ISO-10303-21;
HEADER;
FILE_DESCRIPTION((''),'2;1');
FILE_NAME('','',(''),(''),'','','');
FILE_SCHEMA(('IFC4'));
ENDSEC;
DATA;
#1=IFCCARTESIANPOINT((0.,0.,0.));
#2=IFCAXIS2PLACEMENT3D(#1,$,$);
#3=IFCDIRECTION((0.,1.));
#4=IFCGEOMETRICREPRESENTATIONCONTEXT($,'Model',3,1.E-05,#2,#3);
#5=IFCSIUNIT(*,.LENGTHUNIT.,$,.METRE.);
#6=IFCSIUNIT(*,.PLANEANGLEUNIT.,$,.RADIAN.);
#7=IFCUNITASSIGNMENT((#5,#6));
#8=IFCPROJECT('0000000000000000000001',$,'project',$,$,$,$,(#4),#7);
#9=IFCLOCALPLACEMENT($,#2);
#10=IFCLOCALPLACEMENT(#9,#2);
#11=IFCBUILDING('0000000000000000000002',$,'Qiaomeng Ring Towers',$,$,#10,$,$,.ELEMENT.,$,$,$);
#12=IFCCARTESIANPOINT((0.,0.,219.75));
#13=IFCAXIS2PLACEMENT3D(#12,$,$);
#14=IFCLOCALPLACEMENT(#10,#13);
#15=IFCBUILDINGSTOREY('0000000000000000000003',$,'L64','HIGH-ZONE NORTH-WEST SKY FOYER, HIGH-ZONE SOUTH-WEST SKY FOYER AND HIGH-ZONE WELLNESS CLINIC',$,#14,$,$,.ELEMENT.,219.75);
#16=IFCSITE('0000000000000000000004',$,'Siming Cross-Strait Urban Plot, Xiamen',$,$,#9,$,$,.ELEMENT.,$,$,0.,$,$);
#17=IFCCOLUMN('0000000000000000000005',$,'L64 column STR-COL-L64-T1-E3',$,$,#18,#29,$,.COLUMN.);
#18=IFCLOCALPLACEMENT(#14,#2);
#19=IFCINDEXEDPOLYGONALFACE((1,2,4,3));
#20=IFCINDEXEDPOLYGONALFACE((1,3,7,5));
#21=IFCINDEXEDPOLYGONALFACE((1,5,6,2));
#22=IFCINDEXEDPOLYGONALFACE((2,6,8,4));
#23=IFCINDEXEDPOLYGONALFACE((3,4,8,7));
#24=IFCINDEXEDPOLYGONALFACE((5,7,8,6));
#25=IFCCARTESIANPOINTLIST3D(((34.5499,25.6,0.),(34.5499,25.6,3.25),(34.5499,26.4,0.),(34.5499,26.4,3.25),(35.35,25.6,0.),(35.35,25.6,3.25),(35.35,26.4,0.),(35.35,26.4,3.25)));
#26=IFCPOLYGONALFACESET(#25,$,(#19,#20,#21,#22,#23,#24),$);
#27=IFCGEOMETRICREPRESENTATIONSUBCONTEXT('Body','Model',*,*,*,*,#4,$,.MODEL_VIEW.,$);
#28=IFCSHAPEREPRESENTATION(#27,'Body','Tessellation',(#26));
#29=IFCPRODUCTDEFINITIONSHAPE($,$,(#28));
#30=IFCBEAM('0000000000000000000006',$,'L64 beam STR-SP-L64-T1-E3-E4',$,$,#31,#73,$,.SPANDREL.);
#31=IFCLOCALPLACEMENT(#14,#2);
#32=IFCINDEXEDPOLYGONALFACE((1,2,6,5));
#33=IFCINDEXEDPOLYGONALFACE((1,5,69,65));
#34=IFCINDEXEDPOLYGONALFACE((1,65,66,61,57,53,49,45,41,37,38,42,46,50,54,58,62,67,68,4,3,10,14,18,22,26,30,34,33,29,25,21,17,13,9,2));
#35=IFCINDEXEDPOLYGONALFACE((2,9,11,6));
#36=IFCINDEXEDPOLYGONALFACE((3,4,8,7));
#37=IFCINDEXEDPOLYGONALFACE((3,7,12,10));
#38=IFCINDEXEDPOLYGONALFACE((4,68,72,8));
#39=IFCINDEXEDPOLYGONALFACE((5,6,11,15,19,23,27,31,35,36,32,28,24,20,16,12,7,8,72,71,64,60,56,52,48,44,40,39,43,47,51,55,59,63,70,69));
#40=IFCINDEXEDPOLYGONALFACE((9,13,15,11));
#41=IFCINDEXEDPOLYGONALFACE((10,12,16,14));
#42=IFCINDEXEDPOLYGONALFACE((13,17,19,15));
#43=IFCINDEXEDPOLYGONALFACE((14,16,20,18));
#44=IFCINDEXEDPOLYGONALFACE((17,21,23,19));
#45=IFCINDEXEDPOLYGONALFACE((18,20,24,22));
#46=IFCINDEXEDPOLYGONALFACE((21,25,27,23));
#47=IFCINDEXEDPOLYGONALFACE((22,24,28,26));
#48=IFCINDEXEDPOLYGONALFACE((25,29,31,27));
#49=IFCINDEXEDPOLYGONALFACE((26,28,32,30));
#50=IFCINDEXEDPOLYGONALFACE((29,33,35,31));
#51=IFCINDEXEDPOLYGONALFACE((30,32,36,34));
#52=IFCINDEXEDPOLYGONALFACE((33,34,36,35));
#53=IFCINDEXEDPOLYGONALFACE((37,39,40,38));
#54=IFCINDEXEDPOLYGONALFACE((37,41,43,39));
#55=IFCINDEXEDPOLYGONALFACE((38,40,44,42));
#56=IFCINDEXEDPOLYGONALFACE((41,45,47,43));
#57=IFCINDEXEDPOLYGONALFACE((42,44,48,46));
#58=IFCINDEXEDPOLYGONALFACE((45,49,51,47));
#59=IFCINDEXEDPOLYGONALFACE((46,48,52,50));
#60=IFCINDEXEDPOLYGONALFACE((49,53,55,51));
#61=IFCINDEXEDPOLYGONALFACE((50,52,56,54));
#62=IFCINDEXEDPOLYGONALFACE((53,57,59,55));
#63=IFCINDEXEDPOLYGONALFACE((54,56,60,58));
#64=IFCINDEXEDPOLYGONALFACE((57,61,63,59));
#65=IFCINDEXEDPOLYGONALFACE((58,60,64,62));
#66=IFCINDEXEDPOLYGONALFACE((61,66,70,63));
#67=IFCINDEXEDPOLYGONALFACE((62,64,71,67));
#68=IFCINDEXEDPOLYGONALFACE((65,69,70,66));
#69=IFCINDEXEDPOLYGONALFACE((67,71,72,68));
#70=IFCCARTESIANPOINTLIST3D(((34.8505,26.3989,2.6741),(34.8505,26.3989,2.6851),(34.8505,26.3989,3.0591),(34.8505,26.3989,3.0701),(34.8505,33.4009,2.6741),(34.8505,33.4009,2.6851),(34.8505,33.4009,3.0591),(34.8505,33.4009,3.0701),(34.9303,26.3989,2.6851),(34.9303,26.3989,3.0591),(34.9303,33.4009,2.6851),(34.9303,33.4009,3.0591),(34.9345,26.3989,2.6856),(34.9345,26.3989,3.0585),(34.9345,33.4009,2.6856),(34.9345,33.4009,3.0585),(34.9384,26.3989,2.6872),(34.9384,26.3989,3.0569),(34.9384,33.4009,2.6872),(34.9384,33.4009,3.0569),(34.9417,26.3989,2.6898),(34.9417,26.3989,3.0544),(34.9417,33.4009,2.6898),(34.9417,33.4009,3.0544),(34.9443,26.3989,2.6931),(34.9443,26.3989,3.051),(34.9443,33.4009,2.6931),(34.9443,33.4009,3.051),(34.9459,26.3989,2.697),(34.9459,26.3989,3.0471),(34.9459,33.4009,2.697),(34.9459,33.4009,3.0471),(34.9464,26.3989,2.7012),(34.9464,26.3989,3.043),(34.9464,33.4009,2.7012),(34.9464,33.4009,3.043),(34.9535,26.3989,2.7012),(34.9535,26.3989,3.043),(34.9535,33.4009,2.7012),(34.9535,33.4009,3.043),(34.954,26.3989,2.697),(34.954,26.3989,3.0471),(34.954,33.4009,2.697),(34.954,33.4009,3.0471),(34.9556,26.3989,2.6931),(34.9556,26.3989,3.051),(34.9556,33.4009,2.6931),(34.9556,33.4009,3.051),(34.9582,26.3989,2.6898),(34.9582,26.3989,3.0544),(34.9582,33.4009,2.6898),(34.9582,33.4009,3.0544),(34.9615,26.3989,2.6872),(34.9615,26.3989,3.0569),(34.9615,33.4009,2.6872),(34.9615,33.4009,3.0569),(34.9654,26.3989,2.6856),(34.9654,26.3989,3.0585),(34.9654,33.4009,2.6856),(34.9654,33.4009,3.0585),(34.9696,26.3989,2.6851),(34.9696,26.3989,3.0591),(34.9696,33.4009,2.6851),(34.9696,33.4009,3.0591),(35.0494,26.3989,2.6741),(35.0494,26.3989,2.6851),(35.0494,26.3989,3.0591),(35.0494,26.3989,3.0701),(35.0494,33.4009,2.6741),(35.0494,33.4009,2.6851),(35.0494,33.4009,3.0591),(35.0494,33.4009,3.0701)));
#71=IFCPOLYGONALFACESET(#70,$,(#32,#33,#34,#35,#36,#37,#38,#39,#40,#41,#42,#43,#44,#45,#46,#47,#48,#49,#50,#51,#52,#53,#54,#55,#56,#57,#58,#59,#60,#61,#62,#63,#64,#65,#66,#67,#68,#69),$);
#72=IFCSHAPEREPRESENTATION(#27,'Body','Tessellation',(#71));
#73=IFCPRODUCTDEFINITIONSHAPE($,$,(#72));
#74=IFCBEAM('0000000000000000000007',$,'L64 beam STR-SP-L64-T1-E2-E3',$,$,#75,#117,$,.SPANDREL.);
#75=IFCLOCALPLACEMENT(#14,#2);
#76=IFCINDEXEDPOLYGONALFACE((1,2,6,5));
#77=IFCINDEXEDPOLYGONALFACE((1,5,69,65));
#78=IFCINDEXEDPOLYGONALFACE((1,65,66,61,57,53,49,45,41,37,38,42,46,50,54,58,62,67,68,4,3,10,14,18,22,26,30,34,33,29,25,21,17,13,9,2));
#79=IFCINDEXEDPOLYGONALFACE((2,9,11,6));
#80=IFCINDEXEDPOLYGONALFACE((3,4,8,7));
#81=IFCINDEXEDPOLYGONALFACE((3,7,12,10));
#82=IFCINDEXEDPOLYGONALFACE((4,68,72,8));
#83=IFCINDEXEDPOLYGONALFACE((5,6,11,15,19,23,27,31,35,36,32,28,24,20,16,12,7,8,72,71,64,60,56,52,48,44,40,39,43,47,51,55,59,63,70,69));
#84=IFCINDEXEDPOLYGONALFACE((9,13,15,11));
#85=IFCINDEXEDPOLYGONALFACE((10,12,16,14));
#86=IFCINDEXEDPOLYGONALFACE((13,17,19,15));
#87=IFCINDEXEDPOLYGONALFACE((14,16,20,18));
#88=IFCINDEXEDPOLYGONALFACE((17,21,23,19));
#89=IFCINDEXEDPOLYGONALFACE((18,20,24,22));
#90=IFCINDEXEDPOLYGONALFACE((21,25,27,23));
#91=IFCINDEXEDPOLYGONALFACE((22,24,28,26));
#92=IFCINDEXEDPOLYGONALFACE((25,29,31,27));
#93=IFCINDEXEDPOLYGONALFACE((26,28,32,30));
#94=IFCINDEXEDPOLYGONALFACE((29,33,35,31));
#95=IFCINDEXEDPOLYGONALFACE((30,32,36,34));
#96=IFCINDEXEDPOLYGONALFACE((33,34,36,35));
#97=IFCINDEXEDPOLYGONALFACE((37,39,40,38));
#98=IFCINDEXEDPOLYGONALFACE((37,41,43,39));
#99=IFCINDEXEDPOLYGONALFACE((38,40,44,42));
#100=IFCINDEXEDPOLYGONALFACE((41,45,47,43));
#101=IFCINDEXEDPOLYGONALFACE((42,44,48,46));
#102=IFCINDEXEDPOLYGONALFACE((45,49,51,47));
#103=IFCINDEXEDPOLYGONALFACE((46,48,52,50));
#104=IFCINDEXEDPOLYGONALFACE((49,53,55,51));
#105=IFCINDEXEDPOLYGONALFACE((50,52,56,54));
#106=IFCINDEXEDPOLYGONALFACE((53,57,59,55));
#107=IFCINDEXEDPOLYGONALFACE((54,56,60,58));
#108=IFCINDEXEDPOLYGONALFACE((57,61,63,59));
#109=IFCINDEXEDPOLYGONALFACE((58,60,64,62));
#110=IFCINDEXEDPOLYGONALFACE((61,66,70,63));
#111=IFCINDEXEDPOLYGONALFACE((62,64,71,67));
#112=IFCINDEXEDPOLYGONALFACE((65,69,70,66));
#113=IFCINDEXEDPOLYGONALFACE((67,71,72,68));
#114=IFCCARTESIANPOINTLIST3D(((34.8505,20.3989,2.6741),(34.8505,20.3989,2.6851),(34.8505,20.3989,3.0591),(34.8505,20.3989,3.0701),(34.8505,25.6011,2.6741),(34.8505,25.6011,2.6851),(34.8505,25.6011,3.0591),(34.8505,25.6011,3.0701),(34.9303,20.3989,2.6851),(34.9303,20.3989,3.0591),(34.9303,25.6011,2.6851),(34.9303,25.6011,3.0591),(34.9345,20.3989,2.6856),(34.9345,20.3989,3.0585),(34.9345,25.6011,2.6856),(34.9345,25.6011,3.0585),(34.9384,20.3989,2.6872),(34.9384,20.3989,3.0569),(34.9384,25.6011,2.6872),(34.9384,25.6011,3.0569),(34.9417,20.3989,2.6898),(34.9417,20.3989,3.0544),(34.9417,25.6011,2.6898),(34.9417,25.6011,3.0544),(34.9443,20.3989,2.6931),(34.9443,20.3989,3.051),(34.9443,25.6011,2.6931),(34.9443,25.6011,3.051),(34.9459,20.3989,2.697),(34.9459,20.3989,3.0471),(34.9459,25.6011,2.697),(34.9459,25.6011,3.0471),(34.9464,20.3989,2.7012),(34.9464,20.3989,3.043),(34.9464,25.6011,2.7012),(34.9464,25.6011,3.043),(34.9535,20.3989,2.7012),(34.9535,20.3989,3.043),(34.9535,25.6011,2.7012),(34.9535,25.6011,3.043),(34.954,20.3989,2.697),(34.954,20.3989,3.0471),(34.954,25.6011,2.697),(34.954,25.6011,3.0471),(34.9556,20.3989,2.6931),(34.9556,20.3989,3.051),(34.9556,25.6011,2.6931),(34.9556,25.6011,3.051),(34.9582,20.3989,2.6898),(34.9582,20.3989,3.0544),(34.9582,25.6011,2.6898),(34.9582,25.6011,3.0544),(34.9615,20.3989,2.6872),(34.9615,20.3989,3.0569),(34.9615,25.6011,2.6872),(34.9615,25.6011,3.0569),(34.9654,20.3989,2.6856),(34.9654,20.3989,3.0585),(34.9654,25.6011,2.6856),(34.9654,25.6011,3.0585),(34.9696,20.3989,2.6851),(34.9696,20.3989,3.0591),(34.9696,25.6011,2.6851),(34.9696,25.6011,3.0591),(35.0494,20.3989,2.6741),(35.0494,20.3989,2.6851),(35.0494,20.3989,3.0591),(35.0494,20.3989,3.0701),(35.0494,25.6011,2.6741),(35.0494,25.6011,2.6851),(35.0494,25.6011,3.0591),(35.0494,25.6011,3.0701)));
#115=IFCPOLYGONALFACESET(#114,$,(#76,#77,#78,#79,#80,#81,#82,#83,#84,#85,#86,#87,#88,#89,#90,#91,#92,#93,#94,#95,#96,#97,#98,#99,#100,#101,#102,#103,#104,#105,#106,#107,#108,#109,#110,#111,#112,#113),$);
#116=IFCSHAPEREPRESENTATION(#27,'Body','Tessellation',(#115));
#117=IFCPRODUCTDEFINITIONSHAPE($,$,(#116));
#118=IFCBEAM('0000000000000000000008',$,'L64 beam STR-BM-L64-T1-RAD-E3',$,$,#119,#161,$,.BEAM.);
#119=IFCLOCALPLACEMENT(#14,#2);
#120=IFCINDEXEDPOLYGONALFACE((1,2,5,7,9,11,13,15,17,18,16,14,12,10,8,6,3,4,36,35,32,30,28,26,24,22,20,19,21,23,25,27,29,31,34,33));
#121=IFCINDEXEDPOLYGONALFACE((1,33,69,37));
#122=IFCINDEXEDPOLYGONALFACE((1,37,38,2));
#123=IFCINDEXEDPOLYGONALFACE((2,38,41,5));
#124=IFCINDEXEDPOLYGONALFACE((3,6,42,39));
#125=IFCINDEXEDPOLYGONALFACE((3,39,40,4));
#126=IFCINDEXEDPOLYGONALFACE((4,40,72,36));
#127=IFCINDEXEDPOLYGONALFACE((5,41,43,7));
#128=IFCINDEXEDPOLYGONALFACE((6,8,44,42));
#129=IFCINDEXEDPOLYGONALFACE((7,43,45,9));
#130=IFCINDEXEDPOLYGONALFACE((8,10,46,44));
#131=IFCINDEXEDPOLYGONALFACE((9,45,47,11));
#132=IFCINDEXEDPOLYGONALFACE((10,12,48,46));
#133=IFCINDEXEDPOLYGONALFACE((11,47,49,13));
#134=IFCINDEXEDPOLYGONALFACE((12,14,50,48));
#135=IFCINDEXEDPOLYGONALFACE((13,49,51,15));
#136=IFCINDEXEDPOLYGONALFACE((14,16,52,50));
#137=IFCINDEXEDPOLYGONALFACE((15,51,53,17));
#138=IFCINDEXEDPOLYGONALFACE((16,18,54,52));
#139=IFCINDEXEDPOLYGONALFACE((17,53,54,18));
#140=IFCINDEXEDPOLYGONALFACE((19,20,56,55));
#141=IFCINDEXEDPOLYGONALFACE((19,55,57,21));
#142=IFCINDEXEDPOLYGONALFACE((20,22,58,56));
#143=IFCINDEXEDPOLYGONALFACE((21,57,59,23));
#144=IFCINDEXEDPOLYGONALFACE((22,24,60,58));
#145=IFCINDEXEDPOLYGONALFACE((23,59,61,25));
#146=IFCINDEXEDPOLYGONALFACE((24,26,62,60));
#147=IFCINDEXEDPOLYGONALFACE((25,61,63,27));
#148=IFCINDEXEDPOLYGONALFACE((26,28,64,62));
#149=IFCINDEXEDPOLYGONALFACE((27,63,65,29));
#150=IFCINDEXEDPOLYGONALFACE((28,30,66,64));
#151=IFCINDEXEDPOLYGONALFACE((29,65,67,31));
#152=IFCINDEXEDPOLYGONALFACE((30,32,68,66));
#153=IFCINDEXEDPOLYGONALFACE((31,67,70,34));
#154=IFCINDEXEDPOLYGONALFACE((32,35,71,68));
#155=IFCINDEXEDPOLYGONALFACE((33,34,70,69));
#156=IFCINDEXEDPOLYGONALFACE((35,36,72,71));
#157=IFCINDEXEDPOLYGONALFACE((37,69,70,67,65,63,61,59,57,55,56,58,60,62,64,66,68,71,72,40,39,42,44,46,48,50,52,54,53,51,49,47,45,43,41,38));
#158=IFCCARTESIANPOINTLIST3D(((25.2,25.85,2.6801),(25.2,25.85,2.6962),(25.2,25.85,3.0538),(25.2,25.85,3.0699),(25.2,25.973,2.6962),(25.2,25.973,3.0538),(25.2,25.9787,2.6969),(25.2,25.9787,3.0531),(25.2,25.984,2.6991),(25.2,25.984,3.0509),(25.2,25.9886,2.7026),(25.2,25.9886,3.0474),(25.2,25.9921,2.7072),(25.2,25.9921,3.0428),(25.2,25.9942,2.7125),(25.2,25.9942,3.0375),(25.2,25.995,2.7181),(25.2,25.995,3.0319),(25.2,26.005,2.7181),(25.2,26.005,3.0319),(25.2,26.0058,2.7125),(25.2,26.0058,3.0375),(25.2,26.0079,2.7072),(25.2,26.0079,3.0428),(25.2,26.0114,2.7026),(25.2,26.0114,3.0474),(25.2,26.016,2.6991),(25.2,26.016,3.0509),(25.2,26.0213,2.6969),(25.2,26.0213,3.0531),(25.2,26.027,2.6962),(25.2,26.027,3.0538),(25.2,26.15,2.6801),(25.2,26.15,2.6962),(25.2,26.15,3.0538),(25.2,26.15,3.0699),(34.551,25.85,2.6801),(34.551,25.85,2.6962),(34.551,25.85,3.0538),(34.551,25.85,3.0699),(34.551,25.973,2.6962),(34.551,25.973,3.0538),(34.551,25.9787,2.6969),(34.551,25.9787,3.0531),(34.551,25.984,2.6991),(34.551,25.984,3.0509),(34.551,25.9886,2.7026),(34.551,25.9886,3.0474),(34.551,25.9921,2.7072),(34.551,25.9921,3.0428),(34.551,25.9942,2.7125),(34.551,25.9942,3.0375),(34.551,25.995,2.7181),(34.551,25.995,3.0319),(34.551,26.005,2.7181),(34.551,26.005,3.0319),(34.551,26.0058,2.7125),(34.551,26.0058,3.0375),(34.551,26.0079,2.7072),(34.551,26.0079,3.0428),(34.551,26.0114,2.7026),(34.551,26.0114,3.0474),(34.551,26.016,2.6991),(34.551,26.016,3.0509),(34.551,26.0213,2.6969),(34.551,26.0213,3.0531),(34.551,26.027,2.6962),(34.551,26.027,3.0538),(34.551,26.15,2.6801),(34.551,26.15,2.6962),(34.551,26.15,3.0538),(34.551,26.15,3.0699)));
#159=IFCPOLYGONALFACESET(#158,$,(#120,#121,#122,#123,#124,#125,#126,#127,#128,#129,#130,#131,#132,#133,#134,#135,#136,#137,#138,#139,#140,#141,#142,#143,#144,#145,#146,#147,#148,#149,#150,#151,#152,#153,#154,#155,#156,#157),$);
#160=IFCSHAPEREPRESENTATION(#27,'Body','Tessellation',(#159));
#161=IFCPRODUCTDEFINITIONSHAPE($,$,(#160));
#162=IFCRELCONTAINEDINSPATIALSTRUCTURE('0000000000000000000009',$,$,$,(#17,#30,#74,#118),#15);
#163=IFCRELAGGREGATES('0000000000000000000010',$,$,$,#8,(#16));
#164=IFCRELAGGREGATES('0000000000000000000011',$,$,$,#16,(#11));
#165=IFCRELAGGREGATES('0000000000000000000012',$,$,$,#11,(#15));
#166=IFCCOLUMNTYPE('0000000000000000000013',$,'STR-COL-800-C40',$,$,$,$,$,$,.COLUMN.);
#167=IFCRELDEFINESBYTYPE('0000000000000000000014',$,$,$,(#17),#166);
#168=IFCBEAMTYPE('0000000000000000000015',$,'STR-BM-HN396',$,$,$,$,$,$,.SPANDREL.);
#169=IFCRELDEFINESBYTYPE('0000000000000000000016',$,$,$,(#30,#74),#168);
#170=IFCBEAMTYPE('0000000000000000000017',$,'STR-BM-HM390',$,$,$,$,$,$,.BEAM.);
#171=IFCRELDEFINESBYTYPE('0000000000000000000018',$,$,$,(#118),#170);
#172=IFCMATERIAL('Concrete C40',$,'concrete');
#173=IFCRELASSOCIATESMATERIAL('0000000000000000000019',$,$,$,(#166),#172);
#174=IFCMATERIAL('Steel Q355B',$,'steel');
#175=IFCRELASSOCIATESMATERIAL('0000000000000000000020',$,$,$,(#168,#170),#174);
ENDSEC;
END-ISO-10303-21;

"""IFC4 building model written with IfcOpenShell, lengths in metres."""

from ifc_helpers import new_model, si_unit, direction, frame, origin, origin_2d, place, context, subcontext, project, spatial, rectangle, i_section, extrude, source, transform, mapped, material, material_profile, profile_set, type_object, element, save


model = new_model("IFC4")

# Units and contexts
model_context = context("Model", 3, precision=1e-05, world=origin(), true_north=direction((0.0, 1.0)))
body_context = subcontext(model_context, "Body", "Model", "MODEL_VIEW")
ifc_project = project(units=[si_unit("LENGTHUNIT", "METRE"), si_unit("PLANEANGLEUNIT", "RADIAN")], contexts=[model_context])

# Site, building, storey
site_placement = place(None, origin())
site = spatial("IfcSite", under=ifc_project, at=site_placement, Name="Siming Cross-Strait Urban Plot, Xiamen", CompositionType="ELEMENT", RefElevation=0.0)
building_placement = place(site_placement, origin())
building = spatial("IfcBuilding", under=site, at=building_placement, Name="Qiaomeng Ring Towers", CompositionType="ELEMENT")
storey_placement = place(building_placement, frame((0.0, 0.0, 219.75)))
storey = spatial("IfcBuildingStorey", under=building, at=storey_placement, Name="L64", Description="HIGH-ZONE NORTH-WEST SKY FOYER, HIGH-ZONE SOUTH-WEST SKY FOYER AND HIGH-ZONE WELLNESS CLINIC", CompositionType="ELEMENT", Elevation=219.75)

# Column
ifc_material_1 = material(Name="Concrete C40", Category="concrete")
ifc_material_profile_1 = material_profile(ifc_material_1, rectangle(XDim=0.8, YDim=0.8, at=origin_2d()), Name="RC COL 800x800")
ifc_profile_set_1 = profile_set([ifc_material_profile_1], Name="Concrete C40")
column_type = type_object("IfcColumnType", Name="STR-COL-800-C40", PredefinedType="COLUMN", material=ifc_profile_set_1)
shared_shape_1 = source(origin(), body_context, "Body", "SweptSolid", [
    extrude(rectangle(XDim=0.8, YDim=0.8, at=origin_2d()), origin(), (0.0, 0.0, 1.0), 3.25),
])
column_placement = place(storey_placement, frame((34.95, 26.0, 0.0), z_axis=(0.0, 0.0, 1.0), x_axis=(1.0, 0.0, 0.0)))
element("IfcColumn", 1, at=column_placement, inside=storey, type_object=column_type, Name="L64 column STR-COL-L64-T1-E3", PredefinedType="COLUMN", context=body_context, shape_type="MappedRepresentation", body=[
    mapped(shared_shape_1, transform((0.0, 0.0, 0.0), x_axis=(1.0, 0.0, 0.0), y_axis=(0.0, 1.0, 0.0), z_axis=(0.0, 0.0, 1.0), scale=1.0)),
])

# Beams
ifc_material_2 = material(Name="Steel Q355B", Category="steel")
ifc_material_profile_2 = material_profile(ifc_material_2, i_section(OverallWidth=0.199, OverallDepth=0.396, WebThickness=0.0071, FlangeThickness=0.011, FilletRadius=0.0161, at=origin_2d()), Name="HN 396x199x7x11")
ifc_profile_set_2 = profile_set([ifc_material_profile_2], Name="Steel Q355B")
beam_type_1 = type_object("IfcBeamType", Name="STR-BM-HN396", PredefinedType="SPANDREL", material=ifc_profile_set_2)
shared_shape_2 = source(origin(), body_context, "Body", "SweptSolid", [
    extrude(i_section(OverallWidth=0.199, OverallDepth=0.396, WebThickness=0.0071, FlangeThickness=0.011, FilletRadius=0.0161, at=origin_2d()), origin(), (0.0, 0.0, 1.0), 7.002),
])
beam_1_placement = place(storey_placement, frame((34.95, 26.3989, 2.8721), z_axis=(0.0, 1.0, 0.0), x_axis=(-1.0, 0.0, 0.0)))
element("IfcBeam", 2, at=beam_1_placement, inside=storey, type_object=beam_type_1, Name="L64 beam STR-SP-L64-T1-E3-E4", PredefinedType="SPANDREL", context=body_context, shape_type="MappedRepresentation", body=[
    mapped(shared_shape_2, transform((0.0, 0.0, 0.0), x_axis=(1.0, 0.0, 0.0), y_axis=(0.0, 1.0, 0.0), z_axis=(0.0, 0.0, 1.0), scale=1.0)),
])
shared_shape_3 = source(origin(), body_context, "Body", "SweptSolid", [
    extrude(i_section(OverallWidth=0.199, OverallDepth=0.396, WebThickness=0.0071, FlangeThickness=0.011, FilletRadius=0.0161, at=origin_2d()), origin(), (0.0, 0.0, 1.0), 5.2021),
])
beam_2_placement = place(storey_placement, frame((34.95, 20.3989, 2.8721), z_axis=(0.0, 1.0, 0.0), x_axis=(-1.0, 0.0, 0.0)))
element("IfcBeam", 3, at=beam_2_placement, inside=storey, type_object=beam_type_1, Name="L64 beam STR-SP-L64-T1-E2-E3", PredefinedType="SPANDREL", context=body_context, shape_type="MappedRepresentation", body=[
    mapped(shared_shape_3, transform((0.0, 0.0, 0.0), x_axis=(1.0, 0.0, 0.0), y_axis=(0.0, 1.0, 0.0), z_axis=(0.0, 0.0, 1.0), scale=1.0)),
])
ifc_material_profile_3 = material_profile(ifc_material_2, i_section(OverallWidth=0.3, OverallDepth=0.3899, WebThickness=0.01, FlangeThickness=0.0161, FilletRadius=0.022, at=origin_2d()), Name="HM 390x300x10x16")
ifc_profile_set_3 = profile_set([ifc_material_profile_3], Name="Steel Q355B")
beam_type_2 = type_object("IfcBeamType", Name="STR-BM-HM390", PredefinedType="BEAM", material=ifc_profile_set_3)
shared_shape_4 = source(origin(), body_context, "Body", "SweptSolid", [
    extrude(i_section(OverallWidth=0.3, OverallDepth=0.3899, WebThickness=0.01, FlangeThickness=0.0161, FilletRadius=0.022, at=origin_2d()), origin(), (0.0, 0.0, 1.0), 9.3511),
])
beam_3_placement = place(storey_placement, frame((25.2, 26.0, 2.875), z_axis=(1.0, 0.0, 0.0), x_axis=(0.0, 1.0, 0.0)))
element("IfcBeam", 4, at=beam_3_placement, inside=storey, type_object=beam_type_2, Name="L64 beam STR-BM-L64-T1-RAD-E3", PredefinedType="BEAM", context=body_context, shape_type="MappedRepresentation", body=[
    mapped(shared_shape_4, transform((0.0, 0.0, 0.0), x_axis=(1.0, 0.0, 0.0), y_axis=(0.0, 1.0, 0.0), z_axis=(0.0, 0.0, 1.0), scale=1.0)),
])

save(model, "model.ifc")
